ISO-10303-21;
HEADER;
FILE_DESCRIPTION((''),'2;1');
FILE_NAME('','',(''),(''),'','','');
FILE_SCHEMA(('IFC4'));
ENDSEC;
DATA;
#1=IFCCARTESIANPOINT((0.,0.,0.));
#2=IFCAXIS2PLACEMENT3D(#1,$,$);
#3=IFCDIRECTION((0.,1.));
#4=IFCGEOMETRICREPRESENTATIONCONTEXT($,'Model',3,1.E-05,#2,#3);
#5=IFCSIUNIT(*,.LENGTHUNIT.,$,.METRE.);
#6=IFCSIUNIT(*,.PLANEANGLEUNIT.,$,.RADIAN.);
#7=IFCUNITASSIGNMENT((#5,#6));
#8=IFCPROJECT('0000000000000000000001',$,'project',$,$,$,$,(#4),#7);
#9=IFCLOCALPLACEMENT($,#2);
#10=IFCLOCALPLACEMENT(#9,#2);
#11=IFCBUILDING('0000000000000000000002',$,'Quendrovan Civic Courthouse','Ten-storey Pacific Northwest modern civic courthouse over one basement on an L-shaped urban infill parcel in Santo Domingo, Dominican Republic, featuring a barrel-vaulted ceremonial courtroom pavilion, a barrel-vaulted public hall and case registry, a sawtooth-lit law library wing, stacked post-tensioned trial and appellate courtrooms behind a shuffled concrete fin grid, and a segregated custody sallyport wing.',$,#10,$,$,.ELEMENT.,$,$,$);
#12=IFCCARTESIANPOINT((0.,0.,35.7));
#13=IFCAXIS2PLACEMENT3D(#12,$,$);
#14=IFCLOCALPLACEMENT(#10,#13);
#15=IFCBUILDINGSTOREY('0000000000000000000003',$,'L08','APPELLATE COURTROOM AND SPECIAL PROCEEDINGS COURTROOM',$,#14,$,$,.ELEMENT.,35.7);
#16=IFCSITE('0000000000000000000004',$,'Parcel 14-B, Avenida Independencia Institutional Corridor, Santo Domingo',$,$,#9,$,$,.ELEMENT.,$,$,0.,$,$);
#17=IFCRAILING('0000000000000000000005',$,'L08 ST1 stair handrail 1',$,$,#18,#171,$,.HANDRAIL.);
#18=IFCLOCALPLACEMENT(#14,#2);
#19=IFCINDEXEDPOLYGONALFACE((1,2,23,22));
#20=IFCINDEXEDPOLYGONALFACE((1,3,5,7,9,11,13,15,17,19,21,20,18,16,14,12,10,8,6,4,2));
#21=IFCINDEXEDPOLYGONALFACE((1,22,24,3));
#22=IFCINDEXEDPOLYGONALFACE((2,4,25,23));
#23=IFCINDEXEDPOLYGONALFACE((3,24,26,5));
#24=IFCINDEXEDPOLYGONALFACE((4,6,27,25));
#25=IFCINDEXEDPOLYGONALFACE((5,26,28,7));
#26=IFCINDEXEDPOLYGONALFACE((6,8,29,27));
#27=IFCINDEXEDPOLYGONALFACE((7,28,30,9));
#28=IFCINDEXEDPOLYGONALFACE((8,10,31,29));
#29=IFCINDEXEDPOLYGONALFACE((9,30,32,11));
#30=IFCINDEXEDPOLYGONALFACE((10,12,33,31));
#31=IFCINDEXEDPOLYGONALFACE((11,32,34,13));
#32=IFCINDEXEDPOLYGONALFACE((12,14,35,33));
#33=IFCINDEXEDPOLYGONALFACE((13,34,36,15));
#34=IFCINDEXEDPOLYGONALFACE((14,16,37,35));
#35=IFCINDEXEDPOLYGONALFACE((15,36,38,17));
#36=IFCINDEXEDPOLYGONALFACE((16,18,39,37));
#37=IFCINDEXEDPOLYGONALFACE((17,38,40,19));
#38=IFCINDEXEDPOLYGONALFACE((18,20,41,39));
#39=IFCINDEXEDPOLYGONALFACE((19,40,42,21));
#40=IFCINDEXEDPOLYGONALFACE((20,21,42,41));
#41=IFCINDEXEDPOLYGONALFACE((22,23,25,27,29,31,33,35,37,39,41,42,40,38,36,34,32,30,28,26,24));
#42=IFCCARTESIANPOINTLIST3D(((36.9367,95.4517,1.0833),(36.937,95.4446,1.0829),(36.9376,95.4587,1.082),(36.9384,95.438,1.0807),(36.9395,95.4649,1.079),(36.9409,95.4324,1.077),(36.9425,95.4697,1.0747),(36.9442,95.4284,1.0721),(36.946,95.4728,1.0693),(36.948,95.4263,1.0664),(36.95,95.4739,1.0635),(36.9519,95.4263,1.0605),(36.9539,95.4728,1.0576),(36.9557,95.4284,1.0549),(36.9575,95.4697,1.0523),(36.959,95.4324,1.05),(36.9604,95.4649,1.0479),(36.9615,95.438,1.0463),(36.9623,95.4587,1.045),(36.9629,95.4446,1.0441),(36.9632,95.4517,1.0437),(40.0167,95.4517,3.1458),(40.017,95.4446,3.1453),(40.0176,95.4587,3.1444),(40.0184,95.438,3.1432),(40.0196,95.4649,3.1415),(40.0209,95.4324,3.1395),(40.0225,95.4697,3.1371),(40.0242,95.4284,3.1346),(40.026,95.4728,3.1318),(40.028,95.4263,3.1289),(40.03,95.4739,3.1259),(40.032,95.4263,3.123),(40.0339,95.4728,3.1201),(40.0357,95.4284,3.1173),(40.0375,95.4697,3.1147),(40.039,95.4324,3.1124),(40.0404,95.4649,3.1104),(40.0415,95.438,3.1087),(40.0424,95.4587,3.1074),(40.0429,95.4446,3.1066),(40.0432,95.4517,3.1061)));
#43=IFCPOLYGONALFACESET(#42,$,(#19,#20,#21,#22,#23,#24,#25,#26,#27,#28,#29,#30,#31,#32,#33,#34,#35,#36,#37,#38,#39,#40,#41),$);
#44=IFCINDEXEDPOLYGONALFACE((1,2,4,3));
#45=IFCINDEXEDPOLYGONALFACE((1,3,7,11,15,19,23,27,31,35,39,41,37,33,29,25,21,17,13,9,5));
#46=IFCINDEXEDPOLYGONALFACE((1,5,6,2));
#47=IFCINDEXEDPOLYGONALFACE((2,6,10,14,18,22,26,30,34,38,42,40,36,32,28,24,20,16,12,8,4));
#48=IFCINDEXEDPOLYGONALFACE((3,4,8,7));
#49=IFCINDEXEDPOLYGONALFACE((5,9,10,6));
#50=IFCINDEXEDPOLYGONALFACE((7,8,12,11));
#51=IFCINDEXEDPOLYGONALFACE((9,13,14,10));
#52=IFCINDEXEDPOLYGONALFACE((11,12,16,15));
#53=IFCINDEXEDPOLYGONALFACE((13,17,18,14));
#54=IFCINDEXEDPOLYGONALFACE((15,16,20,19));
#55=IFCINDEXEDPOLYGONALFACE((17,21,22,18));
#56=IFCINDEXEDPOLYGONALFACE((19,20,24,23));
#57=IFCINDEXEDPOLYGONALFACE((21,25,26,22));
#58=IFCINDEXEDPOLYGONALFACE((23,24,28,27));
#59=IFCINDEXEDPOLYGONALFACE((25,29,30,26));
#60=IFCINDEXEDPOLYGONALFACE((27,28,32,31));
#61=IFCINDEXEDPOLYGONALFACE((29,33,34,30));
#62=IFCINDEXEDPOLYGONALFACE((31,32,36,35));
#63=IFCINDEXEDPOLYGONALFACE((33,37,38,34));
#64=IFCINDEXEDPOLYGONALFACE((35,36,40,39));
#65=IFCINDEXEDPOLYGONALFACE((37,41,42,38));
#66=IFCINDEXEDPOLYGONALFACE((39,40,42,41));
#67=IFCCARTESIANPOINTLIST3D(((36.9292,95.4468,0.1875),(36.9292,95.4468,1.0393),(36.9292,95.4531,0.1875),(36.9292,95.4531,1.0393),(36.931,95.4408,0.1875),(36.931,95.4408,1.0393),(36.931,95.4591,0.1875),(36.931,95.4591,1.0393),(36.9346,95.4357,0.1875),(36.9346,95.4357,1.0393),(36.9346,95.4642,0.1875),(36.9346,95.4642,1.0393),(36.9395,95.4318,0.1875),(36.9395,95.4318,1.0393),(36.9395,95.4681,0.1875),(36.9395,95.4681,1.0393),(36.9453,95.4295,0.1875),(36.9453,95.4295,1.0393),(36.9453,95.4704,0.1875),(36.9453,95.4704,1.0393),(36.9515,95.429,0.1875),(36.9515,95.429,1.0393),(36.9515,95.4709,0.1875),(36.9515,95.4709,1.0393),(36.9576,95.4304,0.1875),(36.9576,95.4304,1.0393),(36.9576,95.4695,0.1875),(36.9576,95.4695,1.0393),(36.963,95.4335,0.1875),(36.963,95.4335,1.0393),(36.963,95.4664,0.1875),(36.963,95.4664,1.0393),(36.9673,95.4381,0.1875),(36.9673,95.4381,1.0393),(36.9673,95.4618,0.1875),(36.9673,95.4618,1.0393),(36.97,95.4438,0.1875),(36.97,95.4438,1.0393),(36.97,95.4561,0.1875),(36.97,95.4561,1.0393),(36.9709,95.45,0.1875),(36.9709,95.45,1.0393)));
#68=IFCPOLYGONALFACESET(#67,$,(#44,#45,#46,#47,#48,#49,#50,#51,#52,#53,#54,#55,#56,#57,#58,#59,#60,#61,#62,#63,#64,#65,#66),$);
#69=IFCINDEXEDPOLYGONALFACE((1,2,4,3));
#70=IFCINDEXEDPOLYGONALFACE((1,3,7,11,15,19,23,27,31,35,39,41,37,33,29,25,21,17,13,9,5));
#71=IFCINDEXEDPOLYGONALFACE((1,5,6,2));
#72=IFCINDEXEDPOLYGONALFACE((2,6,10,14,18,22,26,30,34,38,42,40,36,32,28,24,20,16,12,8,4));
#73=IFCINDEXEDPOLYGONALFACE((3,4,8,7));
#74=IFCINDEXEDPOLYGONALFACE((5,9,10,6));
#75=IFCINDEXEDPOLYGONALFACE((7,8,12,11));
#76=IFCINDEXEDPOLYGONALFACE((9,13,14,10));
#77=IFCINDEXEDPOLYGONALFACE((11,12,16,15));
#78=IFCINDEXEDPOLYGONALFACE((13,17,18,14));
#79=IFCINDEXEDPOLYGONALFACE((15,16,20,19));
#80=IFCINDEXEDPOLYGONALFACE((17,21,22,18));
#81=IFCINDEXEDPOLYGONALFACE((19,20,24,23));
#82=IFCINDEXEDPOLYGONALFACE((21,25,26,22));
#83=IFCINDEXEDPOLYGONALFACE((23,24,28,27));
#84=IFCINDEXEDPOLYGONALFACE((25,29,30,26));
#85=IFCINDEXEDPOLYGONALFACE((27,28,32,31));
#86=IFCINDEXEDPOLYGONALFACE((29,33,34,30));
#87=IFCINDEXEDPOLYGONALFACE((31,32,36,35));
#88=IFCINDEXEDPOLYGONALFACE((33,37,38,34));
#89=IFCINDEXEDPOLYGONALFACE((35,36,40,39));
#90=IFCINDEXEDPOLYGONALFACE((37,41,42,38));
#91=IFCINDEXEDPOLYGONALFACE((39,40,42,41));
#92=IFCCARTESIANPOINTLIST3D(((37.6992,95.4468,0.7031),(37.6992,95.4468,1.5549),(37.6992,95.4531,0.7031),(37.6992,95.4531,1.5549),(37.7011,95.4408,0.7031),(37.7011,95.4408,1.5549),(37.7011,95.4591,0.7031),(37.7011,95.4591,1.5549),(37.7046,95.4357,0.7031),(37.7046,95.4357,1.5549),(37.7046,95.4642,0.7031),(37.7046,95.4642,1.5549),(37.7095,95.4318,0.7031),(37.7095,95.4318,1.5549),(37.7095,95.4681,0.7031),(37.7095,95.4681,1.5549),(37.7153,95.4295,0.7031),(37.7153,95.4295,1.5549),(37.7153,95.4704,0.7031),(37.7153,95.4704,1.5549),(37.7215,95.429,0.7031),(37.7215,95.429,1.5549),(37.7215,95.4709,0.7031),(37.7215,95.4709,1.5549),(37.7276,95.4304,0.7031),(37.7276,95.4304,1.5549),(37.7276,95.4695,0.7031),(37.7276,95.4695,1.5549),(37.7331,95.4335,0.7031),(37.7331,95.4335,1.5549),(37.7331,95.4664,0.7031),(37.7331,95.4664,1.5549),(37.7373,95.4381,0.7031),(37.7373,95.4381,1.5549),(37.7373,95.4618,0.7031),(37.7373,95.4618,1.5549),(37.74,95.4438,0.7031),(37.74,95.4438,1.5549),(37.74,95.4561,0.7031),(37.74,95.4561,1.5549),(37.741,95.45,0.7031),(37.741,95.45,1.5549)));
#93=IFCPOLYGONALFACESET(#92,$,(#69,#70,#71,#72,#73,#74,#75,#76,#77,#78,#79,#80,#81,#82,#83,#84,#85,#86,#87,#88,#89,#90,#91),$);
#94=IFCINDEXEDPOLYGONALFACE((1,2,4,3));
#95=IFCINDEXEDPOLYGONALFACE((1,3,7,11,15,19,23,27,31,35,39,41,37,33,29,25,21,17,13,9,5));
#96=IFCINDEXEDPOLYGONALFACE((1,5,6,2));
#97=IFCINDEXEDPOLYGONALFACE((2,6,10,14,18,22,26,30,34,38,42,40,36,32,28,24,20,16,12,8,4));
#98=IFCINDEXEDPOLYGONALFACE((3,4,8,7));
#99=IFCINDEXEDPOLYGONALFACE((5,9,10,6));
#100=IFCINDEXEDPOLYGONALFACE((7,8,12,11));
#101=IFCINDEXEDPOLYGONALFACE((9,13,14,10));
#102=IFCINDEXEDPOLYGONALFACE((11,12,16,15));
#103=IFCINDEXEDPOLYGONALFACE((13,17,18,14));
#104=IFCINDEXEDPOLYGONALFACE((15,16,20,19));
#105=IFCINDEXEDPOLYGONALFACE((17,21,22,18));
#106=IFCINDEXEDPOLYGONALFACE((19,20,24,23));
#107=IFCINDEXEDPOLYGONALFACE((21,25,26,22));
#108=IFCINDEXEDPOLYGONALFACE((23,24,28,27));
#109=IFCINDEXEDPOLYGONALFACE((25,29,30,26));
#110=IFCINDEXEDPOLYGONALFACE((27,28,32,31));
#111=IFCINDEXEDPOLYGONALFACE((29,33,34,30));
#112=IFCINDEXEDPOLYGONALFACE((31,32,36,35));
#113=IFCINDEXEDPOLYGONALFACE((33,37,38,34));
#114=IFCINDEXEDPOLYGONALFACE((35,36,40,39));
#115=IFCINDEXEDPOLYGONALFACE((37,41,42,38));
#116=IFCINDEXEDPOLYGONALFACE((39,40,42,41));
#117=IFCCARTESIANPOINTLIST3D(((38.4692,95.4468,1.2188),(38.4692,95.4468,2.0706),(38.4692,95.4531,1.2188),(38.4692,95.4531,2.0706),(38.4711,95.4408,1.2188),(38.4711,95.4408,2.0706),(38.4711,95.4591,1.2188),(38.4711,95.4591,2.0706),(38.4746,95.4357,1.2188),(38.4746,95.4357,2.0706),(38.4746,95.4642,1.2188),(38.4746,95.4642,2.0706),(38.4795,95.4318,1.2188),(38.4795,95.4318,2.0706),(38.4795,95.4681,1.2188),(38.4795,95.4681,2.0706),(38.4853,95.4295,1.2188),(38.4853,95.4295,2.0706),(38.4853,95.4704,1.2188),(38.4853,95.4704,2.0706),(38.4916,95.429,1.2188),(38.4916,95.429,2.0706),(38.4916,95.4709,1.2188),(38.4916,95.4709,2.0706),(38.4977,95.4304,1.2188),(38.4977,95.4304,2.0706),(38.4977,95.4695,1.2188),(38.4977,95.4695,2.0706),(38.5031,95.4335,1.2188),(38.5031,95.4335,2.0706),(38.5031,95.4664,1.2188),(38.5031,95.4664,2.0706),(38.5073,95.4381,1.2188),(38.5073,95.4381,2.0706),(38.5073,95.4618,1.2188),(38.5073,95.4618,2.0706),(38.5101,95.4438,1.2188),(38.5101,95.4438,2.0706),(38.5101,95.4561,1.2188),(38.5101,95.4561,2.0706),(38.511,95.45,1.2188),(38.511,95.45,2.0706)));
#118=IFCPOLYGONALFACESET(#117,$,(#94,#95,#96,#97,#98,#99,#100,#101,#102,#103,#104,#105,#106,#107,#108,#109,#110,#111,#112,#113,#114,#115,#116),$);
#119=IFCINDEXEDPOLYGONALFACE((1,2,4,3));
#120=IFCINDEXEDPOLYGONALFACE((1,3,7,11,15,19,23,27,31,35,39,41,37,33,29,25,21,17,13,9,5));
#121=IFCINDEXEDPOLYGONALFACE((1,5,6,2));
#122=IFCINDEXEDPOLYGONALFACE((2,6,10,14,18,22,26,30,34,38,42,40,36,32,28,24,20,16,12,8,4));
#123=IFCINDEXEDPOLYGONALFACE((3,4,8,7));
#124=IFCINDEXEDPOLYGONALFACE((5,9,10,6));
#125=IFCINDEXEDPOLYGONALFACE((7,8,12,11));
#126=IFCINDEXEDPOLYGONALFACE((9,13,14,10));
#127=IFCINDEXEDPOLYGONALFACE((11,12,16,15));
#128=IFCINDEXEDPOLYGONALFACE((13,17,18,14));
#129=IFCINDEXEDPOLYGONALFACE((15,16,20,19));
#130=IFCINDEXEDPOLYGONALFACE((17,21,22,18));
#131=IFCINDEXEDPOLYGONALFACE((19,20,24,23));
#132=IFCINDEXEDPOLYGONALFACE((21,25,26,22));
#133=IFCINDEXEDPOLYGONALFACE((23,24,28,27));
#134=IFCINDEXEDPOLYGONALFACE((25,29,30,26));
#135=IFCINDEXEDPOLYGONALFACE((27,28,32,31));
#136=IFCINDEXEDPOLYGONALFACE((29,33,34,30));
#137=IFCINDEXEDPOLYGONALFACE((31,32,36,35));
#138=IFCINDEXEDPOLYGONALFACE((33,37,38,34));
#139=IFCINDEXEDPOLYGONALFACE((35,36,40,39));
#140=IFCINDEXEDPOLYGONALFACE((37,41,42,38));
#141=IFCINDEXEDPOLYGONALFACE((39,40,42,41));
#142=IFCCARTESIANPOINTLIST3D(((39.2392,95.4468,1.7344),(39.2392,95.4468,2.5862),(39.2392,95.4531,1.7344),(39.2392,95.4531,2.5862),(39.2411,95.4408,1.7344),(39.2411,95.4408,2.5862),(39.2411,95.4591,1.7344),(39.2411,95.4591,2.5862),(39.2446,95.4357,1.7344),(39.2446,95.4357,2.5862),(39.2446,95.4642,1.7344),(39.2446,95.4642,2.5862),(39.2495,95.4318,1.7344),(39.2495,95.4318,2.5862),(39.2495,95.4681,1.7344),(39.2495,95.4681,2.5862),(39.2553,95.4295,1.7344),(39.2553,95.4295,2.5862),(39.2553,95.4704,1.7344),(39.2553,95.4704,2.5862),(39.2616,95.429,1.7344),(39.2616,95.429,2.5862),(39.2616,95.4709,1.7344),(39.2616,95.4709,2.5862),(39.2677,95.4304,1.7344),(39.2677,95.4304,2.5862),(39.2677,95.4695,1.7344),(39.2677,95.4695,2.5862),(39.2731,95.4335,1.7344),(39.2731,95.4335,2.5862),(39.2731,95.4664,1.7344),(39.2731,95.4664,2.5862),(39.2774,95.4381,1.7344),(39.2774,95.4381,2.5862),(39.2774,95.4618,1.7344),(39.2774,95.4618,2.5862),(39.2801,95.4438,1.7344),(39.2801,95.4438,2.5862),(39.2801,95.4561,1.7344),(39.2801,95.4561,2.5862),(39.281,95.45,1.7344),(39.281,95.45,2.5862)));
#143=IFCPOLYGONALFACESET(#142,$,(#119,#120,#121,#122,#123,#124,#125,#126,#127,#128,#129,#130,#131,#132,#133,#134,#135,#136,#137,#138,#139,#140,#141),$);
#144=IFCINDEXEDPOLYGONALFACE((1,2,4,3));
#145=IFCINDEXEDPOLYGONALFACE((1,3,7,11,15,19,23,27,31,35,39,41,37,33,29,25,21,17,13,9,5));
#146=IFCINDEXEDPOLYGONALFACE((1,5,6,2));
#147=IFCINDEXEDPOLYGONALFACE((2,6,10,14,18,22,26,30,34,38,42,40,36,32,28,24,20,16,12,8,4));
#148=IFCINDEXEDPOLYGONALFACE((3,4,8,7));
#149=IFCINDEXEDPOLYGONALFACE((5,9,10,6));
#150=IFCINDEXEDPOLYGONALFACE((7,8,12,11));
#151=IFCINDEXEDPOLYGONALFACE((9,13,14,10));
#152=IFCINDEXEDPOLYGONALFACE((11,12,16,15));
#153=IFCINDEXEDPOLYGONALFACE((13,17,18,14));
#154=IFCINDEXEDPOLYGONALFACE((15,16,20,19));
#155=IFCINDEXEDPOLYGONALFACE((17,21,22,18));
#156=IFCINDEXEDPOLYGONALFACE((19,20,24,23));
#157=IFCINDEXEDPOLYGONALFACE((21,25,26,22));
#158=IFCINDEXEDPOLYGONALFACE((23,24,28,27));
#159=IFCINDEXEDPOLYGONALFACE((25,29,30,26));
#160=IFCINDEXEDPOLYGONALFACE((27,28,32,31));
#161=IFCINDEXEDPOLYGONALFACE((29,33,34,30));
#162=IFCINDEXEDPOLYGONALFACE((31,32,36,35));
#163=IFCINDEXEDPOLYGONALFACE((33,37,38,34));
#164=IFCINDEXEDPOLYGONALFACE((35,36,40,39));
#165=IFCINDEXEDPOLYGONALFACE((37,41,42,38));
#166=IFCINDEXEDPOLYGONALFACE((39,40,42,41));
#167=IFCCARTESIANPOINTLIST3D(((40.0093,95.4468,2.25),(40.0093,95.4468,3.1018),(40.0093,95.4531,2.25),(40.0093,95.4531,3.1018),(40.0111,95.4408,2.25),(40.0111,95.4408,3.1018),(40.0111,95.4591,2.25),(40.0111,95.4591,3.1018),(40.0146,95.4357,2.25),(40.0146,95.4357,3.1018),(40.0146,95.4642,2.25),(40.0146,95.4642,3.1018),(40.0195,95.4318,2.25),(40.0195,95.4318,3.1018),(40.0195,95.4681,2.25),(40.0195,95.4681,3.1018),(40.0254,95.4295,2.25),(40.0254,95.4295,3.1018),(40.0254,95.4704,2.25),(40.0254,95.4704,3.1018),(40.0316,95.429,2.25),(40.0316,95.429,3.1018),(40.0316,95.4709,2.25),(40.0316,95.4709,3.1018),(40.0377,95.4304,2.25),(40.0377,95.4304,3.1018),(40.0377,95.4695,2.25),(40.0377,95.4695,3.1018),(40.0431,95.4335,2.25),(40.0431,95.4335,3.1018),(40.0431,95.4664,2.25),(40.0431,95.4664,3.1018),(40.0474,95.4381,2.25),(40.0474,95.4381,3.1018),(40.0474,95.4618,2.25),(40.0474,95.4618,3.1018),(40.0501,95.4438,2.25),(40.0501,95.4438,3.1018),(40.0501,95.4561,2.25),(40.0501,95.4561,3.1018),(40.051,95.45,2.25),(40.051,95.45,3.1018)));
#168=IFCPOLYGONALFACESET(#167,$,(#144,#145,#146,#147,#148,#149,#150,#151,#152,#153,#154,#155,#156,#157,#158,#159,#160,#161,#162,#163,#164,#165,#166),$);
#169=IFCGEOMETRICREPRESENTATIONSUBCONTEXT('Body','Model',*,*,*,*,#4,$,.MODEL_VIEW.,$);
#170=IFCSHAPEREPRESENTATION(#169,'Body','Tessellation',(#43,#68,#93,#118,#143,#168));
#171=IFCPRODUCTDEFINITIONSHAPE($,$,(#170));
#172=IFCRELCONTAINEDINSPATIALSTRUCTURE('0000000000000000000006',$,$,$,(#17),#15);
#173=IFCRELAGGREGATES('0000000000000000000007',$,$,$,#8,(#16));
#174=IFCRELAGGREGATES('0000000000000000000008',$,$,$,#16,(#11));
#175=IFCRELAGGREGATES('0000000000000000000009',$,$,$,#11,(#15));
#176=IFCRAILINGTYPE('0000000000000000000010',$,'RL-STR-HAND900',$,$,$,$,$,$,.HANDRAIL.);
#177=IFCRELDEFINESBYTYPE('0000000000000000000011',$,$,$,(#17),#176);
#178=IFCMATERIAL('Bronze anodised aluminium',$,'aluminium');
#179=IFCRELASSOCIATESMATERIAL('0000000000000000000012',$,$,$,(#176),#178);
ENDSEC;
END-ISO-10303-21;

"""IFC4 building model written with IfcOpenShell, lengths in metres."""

from ifc_helpers import new_model, si_unit, direction, frame, origin, origin_2d, place, context, subcontext, project, spatial, circle, extrude, material, type_object, element, save


model = new_model("IFC4")

# Units and contexts
model_context = context("Model", 3, precision=1e-05, world=origin(), true_north=direction((0.0, 1.0)))
body_context = subcontext(model_context, "Body", "Model", "MODEL_VIEW")
ifc_project = project(units=[si_unit("LENGTHUNIT", "METRE"), si_unit("PLANEANGLEUNIT", "RADIAN")], contexts=[model_context])

# Site, building, storey
site_placement = place(None, origin())
site = spatial("IfcSite", under=ifc_project, at=site_placement, Name="Parcel 14-B, Avenida Independencia Institutional Corridor, Santo Domingo", CompositionType="ELEMENT", RefElevation=0.0)
building_placement = place(site_placement, origin())
building = spatial("IfcBuilding", under=site, at=building_placement, Name="Quendrovan Civic Courthouse", Description="Ten-storey Pacific Northwest modern civic courthouse over one basement on an L-shaped urban infill parcel in Santo Domingo, Dominican Republic, featuring a barrel-vaulted ceremonial courtroom pavilion, a barrel-vaulted public hall and case registry, a sawtooth-lit law library wing, stacked post-tensioned trial and appellate courtrooms behind a shuffled concrete fin grid, and a segregated custody sallyport wing.", CompositionType="ELEMENT")
storey_placement = place(building_placement, frame((0.0, 0.0, 35.7)))
storey = spatial("IfcBuildingStorey", under=building, at=storey_placement, Name="L08", Description="APPELLATE COURTROOM AND SPECIAL PROCEEDINGS COURTROOM", CompositionType="ELEMENT", Elevation=35.7)

# Railing
ifc_material_1 = material(Name="Bronze anodised aluminium", Category="aluminium")
railing_type_1 = type_object("IfcRailingType", Name="RL-STR-HAND900", PredefinedType="HANDRAIL", material=ifc_material_1)
railing_1_placement = place(storey_placement, frame((36.95, 95.45, 0.1875)))
element("IfcRailing", 1, at=railing_1_placement, inside=storey, type_object=railing_type_1, Name="L08 ST1 stair handrail 1", PredefinedType="HANDRAIL", context=body_context, shape_type="SweptSolid", body=[
    extrude(circle(Radius=0.0239, at=origin_2d()), frame((0.0, 0.0, 0.876), z_axis=(0.830914, 0.0, 0.556401), x_axis=(0.0, 1.0, 0.0)), (0.0, 0.0, 1.0), 3.7068),
    extrude(circle(Radius=0.021, at=origin_2d()), origin(), (0.0, 0.0, 1.0), 0.8518),
    extrude(circle(Radius=0.021, at=origin_2d()), frame((0.77, 0.0, 0.5156)), (0.0, 0.0, 1.0), 0.8518),
    extrude(circle(Radius=0.021, at=origin_2d()), frame((1.54, 0.0, 1.0312)), (0.0, 0.0, 1.0), 0.8518),
    extrude(circle(Radius=0.021, at=origin_2d()), frame((2.3101, 0.0, 1.5469)), (0.0, 0.0, 1.0), 0.8518),
    extrude(circle(Radius=0.021, at=origin_2d()), frame((3.0801, 0.0, 2.0625)), (0.0, 0.0, 1.0), 0.8518),
])

save(model, "model.ifc")
